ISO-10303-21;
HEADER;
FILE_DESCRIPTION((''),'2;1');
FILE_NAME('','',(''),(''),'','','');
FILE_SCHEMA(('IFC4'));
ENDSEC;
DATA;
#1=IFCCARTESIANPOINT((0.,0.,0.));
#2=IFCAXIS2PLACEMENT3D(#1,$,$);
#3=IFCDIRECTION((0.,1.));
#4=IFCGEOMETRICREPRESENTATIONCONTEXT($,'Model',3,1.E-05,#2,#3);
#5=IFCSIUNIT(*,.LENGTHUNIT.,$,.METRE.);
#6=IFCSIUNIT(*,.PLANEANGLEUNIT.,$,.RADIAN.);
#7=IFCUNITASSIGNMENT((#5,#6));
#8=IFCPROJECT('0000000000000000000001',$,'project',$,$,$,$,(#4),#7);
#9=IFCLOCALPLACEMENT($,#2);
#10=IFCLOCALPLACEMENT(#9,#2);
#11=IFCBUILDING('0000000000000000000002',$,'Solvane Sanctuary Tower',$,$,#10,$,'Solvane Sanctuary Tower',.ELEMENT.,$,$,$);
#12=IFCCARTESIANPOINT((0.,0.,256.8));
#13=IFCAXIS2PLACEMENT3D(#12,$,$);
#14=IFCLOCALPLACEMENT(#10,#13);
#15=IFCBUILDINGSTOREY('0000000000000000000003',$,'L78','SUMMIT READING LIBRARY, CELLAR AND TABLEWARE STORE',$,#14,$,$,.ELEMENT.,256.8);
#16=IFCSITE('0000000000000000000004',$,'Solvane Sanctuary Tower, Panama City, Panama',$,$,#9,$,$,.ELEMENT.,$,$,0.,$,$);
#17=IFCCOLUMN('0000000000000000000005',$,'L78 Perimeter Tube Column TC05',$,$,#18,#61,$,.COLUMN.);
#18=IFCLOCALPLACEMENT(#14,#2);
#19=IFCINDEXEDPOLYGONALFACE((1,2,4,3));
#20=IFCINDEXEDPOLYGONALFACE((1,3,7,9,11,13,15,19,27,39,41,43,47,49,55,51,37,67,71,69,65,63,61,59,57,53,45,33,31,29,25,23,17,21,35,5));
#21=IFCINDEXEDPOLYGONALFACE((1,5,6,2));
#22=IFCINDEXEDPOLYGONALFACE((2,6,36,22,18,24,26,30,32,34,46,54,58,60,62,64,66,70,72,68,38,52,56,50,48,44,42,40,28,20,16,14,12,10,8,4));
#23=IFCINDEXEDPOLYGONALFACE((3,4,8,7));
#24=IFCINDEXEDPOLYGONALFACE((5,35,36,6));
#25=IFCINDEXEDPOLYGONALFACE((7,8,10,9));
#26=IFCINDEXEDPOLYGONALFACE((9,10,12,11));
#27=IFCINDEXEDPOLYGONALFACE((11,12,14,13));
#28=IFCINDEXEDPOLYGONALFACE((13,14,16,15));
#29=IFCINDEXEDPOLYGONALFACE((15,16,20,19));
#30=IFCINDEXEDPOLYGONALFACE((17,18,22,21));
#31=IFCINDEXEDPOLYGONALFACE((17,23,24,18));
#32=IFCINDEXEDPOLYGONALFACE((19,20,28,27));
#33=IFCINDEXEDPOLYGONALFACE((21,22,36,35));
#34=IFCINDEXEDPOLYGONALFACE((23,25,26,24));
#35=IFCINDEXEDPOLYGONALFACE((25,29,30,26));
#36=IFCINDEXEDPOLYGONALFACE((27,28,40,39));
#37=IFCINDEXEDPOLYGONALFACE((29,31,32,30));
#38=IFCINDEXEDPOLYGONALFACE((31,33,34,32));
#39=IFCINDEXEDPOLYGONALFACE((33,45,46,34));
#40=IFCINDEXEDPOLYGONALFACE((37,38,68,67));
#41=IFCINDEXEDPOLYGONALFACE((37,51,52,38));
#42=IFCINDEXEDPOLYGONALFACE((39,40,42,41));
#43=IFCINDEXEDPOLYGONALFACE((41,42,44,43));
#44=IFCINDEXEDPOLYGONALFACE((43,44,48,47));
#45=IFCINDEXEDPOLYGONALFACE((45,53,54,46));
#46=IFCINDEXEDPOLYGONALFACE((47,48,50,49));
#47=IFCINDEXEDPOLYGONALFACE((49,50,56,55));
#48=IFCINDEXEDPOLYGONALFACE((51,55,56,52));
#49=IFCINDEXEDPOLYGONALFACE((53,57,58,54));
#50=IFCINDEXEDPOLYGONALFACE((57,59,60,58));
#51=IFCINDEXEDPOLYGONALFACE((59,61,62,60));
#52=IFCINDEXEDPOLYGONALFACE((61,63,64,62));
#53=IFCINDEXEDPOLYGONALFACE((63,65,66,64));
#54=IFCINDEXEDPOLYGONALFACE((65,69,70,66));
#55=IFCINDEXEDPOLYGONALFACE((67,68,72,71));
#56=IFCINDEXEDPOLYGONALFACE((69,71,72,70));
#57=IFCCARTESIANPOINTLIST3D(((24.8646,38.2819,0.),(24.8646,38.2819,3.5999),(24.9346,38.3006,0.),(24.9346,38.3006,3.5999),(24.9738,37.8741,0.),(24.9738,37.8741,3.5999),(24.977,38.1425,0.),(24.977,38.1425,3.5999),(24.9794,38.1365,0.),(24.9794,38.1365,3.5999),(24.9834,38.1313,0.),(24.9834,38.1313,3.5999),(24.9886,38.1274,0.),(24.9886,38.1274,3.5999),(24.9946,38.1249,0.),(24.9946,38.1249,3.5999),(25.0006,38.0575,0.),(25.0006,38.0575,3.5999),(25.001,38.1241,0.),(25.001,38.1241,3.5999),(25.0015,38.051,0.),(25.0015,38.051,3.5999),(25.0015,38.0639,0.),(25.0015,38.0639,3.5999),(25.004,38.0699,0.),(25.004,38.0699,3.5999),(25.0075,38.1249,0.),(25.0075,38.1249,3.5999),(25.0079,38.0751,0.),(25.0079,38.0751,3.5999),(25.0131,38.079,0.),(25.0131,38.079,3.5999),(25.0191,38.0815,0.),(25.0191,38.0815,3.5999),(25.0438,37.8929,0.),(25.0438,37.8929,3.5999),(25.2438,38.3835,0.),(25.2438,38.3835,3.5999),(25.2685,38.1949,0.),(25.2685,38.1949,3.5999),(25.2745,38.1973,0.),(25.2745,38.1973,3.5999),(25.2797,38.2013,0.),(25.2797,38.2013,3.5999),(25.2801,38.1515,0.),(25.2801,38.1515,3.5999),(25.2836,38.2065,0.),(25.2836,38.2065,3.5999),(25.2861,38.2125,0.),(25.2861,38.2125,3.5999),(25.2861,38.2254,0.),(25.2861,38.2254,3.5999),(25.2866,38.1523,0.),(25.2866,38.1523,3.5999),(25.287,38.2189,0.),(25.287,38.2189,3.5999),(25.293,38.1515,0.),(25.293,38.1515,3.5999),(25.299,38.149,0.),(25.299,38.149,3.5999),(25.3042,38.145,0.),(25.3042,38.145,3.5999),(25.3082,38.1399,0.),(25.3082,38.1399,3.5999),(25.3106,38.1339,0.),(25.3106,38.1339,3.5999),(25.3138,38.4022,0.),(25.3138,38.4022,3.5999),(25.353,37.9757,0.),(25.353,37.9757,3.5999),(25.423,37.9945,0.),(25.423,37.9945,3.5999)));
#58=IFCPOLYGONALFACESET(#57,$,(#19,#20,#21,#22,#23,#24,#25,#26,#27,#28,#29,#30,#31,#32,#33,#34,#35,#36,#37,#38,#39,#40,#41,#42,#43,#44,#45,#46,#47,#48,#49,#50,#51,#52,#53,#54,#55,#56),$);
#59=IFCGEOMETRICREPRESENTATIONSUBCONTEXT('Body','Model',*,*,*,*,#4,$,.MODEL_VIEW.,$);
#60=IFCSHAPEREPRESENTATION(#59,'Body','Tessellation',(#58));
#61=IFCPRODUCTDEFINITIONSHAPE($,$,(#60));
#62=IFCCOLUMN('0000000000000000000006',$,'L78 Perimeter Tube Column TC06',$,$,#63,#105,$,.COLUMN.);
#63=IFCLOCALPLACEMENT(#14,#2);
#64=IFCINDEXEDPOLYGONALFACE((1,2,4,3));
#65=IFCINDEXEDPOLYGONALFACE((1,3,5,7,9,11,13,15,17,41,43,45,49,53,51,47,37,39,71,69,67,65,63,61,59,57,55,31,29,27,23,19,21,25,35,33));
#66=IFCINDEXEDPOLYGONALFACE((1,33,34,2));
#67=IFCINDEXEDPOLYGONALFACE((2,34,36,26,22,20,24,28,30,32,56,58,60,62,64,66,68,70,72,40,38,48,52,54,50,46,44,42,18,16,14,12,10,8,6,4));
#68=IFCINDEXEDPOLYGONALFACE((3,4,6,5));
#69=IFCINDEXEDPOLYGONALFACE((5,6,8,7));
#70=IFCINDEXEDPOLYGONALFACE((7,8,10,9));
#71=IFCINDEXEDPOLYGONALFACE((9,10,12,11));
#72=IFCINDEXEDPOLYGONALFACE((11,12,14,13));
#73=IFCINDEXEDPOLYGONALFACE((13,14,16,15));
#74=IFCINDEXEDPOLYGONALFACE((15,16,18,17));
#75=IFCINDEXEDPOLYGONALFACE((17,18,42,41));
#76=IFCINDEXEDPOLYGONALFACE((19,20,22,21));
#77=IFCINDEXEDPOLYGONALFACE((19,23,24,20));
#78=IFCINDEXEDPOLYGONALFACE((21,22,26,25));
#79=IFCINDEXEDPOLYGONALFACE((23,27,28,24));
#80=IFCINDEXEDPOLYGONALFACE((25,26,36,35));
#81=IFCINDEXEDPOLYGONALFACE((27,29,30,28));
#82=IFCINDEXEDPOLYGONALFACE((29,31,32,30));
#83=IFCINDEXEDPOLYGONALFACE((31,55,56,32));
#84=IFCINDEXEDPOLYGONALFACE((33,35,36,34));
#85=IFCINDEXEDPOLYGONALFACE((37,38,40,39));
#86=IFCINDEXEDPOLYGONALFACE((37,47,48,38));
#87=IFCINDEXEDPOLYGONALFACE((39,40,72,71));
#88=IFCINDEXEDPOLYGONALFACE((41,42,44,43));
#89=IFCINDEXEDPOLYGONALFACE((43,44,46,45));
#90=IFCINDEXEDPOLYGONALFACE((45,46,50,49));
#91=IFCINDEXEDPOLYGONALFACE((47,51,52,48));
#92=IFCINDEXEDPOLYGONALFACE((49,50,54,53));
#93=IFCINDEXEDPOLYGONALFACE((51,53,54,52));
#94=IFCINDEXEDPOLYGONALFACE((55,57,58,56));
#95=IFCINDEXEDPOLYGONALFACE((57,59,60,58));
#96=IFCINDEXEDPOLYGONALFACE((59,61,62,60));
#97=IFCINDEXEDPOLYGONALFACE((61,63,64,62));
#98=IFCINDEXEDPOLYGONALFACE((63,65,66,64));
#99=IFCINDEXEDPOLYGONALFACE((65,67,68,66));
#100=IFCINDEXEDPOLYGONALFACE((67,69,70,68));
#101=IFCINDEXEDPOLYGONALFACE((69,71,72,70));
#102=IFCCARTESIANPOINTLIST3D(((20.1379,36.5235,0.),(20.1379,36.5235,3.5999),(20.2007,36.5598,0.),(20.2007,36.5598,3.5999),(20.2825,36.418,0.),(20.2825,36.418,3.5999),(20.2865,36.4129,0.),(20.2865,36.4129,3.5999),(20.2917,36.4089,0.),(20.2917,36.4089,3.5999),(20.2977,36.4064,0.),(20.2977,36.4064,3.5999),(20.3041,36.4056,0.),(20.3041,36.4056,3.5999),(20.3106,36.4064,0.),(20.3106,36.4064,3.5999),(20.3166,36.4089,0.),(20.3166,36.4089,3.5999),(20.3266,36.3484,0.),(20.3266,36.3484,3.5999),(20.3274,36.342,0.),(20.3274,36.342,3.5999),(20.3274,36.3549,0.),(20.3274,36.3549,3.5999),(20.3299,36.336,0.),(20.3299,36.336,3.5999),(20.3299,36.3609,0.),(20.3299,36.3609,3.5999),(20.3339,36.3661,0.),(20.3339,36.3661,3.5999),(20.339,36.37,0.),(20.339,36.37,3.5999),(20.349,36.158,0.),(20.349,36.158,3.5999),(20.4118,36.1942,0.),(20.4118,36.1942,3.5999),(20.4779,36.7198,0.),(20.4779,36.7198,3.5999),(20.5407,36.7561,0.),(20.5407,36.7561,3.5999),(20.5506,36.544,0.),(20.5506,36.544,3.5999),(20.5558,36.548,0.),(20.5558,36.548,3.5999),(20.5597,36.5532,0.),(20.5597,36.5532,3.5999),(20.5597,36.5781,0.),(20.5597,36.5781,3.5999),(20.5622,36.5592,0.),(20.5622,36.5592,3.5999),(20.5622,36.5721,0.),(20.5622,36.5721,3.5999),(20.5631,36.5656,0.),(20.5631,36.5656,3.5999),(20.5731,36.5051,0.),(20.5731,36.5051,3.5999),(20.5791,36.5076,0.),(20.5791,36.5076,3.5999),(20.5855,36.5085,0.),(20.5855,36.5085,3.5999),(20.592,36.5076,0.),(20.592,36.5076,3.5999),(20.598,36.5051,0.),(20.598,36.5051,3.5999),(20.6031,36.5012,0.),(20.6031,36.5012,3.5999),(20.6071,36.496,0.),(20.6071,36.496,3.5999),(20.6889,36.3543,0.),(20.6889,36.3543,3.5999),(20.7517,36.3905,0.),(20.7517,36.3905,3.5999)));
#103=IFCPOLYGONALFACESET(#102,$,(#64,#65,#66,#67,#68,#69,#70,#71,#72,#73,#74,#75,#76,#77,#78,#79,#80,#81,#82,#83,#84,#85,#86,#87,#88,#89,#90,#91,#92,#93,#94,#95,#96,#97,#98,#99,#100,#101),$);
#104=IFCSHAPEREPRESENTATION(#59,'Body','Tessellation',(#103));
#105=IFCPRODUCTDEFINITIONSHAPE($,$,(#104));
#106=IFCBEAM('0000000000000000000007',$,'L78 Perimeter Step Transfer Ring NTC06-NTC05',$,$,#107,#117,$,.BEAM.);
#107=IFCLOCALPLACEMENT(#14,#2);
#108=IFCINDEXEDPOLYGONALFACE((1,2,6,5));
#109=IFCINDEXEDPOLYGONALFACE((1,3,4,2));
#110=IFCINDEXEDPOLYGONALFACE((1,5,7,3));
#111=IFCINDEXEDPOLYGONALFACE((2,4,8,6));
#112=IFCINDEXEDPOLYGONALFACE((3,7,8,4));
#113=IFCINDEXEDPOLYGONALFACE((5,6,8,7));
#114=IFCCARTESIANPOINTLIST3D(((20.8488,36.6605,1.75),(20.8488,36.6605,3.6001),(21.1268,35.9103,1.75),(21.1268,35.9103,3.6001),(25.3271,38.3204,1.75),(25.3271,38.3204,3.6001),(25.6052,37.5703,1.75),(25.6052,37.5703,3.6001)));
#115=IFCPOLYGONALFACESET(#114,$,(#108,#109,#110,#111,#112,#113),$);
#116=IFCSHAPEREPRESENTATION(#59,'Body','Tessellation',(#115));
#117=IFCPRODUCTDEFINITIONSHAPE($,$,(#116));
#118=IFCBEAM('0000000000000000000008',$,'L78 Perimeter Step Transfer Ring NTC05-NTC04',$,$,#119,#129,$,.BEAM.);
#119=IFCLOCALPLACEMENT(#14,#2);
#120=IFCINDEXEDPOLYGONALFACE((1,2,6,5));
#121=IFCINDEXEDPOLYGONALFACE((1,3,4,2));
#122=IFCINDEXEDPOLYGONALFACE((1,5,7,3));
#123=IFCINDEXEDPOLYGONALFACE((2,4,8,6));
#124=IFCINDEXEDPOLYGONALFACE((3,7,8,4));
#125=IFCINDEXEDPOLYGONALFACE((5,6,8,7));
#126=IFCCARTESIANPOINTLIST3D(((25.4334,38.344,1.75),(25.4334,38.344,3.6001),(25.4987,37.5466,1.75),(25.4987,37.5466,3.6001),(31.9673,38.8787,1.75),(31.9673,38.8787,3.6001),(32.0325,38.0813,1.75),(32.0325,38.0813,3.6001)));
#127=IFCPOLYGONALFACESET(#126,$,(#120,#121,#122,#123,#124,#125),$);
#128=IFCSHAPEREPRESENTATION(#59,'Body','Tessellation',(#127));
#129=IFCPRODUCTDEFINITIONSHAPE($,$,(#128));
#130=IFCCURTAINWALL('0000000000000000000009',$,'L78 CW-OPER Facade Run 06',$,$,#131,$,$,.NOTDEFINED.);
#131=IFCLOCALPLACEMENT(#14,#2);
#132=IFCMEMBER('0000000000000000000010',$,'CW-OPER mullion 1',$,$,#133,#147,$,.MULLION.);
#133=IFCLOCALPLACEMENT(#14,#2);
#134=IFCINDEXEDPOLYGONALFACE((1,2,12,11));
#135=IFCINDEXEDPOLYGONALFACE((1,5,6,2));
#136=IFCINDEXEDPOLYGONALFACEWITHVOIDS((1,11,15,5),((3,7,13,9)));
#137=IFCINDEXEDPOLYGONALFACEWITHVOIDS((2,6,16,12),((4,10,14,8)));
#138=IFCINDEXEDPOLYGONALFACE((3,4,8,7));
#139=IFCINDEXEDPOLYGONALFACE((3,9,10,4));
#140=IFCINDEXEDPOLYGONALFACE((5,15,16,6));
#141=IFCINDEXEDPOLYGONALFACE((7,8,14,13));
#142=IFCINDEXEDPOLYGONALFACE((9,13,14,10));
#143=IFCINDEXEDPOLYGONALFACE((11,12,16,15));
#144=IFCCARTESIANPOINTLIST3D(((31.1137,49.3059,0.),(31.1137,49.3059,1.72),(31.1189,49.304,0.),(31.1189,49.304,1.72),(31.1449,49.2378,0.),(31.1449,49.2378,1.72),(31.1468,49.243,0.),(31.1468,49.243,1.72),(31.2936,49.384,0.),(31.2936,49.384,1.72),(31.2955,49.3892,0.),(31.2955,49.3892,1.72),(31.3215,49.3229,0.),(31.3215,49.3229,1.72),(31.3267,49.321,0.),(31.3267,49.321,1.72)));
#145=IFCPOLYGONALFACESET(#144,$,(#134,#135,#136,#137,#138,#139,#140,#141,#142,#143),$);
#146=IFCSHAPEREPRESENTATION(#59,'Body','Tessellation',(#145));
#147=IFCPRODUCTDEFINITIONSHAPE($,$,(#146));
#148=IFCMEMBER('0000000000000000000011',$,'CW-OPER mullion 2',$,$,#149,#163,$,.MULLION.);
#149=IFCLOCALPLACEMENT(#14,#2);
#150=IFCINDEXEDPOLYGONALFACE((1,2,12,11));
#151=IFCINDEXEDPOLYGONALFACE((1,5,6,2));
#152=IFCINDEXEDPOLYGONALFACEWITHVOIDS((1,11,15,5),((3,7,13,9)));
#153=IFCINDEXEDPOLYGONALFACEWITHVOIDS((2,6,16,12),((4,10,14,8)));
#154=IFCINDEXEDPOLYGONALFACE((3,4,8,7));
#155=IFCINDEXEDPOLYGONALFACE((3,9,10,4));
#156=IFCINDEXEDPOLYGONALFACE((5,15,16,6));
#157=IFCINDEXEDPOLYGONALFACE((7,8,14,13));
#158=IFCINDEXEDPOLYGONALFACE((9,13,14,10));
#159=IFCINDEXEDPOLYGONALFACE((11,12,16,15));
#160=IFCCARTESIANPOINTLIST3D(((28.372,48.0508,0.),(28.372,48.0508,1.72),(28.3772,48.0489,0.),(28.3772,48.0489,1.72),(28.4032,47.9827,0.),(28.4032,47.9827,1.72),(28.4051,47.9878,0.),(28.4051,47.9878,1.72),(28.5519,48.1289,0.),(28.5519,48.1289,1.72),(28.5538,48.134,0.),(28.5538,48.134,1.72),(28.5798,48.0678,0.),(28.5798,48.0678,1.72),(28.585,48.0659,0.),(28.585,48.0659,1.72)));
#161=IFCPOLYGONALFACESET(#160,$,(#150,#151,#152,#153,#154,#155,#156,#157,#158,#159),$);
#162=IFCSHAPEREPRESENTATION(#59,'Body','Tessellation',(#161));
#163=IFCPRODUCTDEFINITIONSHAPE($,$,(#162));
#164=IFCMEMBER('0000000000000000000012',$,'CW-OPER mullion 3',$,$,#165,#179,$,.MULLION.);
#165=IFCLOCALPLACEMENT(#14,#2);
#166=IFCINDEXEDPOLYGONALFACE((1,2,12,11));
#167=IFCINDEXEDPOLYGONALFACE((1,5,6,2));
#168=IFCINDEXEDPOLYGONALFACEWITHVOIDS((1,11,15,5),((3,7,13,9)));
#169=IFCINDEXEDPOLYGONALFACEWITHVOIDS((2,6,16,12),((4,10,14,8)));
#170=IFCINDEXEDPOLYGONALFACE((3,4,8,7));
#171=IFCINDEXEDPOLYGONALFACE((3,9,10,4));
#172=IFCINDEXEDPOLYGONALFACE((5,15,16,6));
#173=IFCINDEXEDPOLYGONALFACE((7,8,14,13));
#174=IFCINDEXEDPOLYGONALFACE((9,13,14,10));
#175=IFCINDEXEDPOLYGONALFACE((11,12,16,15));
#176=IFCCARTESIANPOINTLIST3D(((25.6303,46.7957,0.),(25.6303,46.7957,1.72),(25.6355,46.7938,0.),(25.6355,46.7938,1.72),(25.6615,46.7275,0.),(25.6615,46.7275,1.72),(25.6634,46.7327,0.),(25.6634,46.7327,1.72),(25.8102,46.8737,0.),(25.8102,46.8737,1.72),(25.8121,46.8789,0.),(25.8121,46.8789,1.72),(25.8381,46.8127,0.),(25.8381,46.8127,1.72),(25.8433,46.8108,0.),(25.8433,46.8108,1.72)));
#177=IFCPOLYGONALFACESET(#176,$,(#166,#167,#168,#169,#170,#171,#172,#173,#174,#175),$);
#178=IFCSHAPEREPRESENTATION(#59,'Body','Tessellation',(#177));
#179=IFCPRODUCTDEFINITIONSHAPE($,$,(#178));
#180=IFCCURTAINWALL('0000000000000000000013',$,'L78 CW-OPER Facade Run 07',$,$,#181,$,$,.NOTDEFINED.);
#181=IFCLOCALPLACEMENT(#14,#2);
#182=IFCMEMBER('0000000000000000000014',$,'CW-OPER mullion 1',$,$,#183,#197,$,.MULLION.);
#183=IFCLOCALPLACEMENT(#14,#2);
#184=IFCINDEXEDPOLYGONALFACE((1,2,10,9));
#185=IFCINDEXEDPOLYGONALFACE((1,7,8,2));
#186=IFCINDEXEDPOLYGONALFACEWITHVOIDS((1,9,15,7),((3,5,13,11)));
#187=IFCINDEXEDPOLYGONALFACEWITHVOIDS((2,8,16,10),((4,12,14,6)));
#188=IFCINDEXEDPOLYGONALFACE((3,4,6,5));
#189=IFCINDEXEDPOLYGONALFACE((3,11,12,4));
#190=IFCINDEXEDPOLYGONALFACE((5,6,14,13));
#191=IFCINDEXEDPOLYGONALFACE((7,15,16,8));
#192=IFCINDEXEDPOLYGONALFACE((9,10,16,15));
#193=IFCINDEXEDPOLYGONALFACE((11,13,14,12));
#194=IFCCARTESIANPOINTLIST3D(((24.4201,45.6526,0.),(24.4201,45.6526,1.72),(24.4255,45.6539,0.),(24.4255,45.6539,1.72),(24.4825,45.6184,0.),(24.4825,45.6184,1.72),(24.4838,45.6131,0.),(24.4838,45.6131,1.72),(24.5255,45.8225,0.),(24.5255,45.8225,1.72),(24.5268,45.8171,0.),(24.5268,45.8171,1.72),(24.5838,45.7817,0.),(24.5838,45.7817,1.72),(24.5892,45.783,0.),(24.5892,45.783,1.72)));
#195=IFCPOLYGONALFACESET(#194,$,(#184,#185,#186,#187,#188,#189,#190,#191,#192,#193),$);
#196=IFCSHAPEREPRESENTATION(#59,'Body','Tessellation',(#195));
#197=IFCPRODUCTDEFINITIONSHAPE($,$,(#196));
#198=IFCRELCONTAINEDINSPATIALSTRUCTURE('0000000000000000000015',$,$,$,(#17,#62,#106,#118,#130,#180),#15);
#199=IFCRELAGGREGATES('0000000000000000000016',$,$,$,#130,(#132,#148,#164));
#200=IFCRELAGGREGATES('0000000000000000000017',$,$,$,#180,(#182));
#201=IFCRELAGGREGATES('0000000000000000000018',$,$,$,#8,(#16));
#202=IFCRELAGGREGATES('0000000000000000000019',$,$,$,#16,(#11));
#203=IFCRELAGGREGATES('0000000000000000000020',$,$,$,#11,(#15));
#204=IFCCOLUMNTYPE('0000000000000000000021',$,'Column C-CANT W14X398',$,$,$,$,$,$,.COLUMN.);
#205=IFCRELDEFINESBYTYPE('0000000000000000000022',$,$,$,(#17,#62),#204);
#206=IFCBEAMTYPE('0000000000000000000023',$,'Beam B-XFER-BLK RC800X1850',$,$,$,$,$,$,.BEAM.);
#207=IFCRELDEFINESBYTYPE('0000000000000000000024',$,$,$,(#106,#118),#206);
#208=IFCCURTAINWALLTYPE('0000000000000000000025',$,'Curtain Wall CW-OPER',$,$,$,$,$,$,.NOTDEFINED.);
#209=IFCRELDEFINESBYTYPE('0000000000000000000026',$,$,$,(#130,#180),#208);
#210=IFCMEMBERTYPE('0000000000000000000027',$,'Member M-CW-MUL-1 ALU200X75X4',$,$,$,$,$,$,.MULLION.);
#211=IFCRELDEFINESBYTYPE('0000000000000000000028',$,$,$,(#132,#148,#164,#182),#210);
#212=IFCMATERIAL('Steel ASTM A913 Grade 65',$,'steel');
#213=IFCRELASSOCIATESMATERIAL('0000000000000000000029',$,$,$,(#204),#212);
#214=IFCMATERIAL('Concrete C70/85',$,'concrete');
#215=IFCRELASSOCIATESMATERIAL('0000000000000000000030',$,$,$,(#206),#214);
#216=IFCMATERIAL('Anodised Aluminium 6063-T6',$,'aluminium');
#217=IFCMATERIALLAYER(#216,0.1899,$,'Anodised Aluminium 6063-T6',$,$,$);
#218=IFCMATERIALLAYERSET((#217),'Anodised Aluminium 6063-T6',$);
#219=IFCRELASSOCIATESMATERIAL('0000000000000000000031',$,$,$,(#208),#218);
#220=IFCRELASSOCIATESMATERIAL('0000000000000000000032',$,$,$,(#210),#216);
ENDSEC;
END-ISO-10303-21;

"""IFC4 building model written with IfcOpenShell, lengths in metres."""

from ifc_helpers import new_model, si_unit, direction, frame, origin, origin_2d, place, context, subcontext, project, spatial, rectangle, hollow_rectangle, i_section, extrude, material, layer, layer_set, material_profile, profile_set, type_object, element, aggregate, save


model = new_model("IFC4")

# Units and contexts
model_context = context("Model", 3, precision=1e-05, world=origin(), true_north=direction((0.0, 1.0)))
body_context = subcontext(model_context, "Body", "Model", "MODEL_VIEW")
ifc_project = project(units=[si_unit("LENGTHUNIT", "METRE"), si_unit("PLANEANGLEUNIT", "RADIAN")], contexts=[model_context])

# Site, building, storey
site_placement = place(None, origin())
site = spatial("IfcSite", under=ifc_project, at=site_placement, Name="Solvane Sanctuary Tower, Panama City, Panama", CompositionType="ELEMENT", RefElevation=0.0)
building_placement = place(site_placement, origin())
building = spatial("IfcBuilding", under=site, at=building_placement, Name="Solvane Sanctuary Tower", LongName="Solvane Sanctuary Tower", CompositionType="ELEMENT")
storey_placement = place(building_placement, frame((0.0, 0.0, 256.8)))
storey = spatial("IfcBuildingStorey", under=building, at=storey_placement, Name="L78", Description="SUMMIT READING LIBRARY, CELLAR AND TABLEWARE STORE", CompositionType="ELEMENT", Elevation=256.8)

# Columns
ifc_material_1 = material(Name="Steel ASTM A913 Grade 65", Category="steel")
ifc_material_profile_1 = material_profile(ifc_material_1, i_section(OverallWidth=0.4221, OverallDepth=0.4651, WebThickness=0.0449, FlangeThickness=0.0725, FilletRadius=0.0249, at=origin_2d()), Name="W14X398")
ifc_profile_set_1 = profile_set([ifc_material_profile_1], Name="Steel ASTM A913 Grade 65")
column_type = type_object("IfcColumnType", Name="Column C-CANT W14X398", PredefinedType="COLUMN", material=ifc_profile_set_1)
for number, where, z_axis, x_axis, name in (
    (1, (25.1438, 38.1382, 0.0), (0.0, 0.0, 1.0), (-0.258819, 0.965926, 0.0), "L78 Perimeter Tube Column TC05"),
    (2, (20.4448, 36.457, 0.0), (0.0, 0.0, 1.0), (-0.5, 0.866025, 0.0), "L78 Perimeter Tube Column TC06"),
):
    element("IfcColumn", number, at=place(storey_placement, frame(where, z_axis=z_axis, x_axis=x_axis)), inside=storey, type_object=column_type, Name=name, PredefinedType="COLUMN", context=body_context, shape_type="SweptSolid", body=[
        extrude(i_section(OverallWidth=0.4221, OverallDepth=0.4651, WebThickness=0.0449, FlangeThickness=0.0725, FilletRadius=0.0249, at=origin_2d()), origin(), (0.0, 0.0, 1.0), 3.5999),
    ])

# Beams
ifc_material_2 = material(Name="Concrete C70/85", Category="concrete")
ifc_material_profile_2 = material_profile(ifc_material_2, rectangle(XDim=0.8, YDim=1.8501, at=origin_2d()), Name="RC800X1850")
ifc_profile_set_2 = profile_set([ifc_material_profile_2], Name="Concrete C70/85")
beam_type = type_object("IfcBeamType", Name="Beam B-XFER-BLK RC800X1850", PredefinedType="BEAM", material=ifc_profile_set_2)
beam_1_placement = place(storey_placement, frame((20.9878, 36.2854, 2.675), z_axis=(0.937661, 0.347552, 0.0), x_axis=(-0.347552, 0.937661, 0.0)))
element("IfcBeam", 3, at=beam_1_placement, inside=storey, type_object=beam_type, Name="L78 Perimeter Step Transfer Ring NTC06-NTC05", PredefinedType="BEAM", context=body_context, shape_type="SweptSolid", body=[
    extrude(rectangle(XDim=0.8, YDim=1.8501, at=origin_2d()), origin(), (0.0, 0.0, 1.0), 4.7761),
])
beam_2_placement = place(storey_placement, frame((25.4661, 37.9453, 2.675), z_axis=(0.996669, 0.081557, 0.0), x_axis=(-0.081557, 0.996669, 0.0)))
element("IfcBeam", 4, at=beam_2_placement, inside=storey, type_object=beam_type, Name="L78 Perimeter Step Transfer Ring NTC05-NTC04", PredefinedType="BEAM", context=body_context, shape_type="SweptSolid", body=[
    extrude(rectangle(XDim=0.8, YDim=1.8501, at=origin_2d()), origin(), (0.0, 0.0, 1.0), 6.5557),
])

# Curtain walls, members
ifc_material_3 = material(Name="Anodised Aluminium 6063-T6", Category="aluminium")
ifc_layer_1 = layer(ifc_material_3, 0.1899, Name="Anodised Aluminium 6063-T6")
ifc_layer_set_1 = layer_set([ifc_layer_1], Name="Anodised Aluminium 6063-T6")
curtain_wall_type = type_object("IfcCurtainWallType", Name="Curtain Wall CW-OPER", PredefinedType="NOTDEFINED", material=ifc_layer_set_1)
curtain_wall_1_placement = place(storey_placement, origin())
curtain_wall_1 = element("IfcCurtainWall", 5, at=curtain_wall_1_placement, inside=storey, type_object=curtain_wall_type, Name="L78 CW-OPER Facade Run 06", PredefinedType="NOTDEFINED")
ifc_material_profile_3 = material_profile(ifc_material_3, hollow_rectangle(XDim=0.075, YDim=0.2, WallThickness=0.0039, at=origin_2d()), Name="ALU200X75X4")
ifc_profile_set_3 = profile_set([ifc_material_profile_3], Name="Anodised Aluminium 6063-T6")
member_type_1 = type_object("IfcMemberType", Name="Member M-CW-MUL-1 ALU200X75X4", PredefinedType="MULLION", material=ifc_profile_set_3)
member_1_placement = place(storey_placement, frame((31.2202, 49.3135, 0.0), z_axis=(0.0, 0.0, 1.0), x_axis=(0.416225, -0.909262, 0.0)))
member_1 = element("IfcMember", 6, at=member_1_placement, type_object=member_type_1, Name="CW-OPER mullion 1", PredefinedType="MULLION", context=body_context, shape_type="SweptSolid", body=[
    extrude(hollow_rectangle(XDim=0.075, YDim=0.2, WallThickness=0.0039, at=origin_2d()), origin(), (0.0, 0.0, 1.0), 1.72),
])
member_2_placement = place(storey_placement, frame((28.4785, 48.0583, 0.0), z_axis=(0.0, 0.0, 1.0), x_axis=(0.416225, -0.909262, 0.0)))
member_2 = element("IfcMember", 7, at=member_2_placement, type_object=member_type_1, Name="CW-OPER mullion 2", PredefinedType="MULLION", context=body_context, shape_type="SweptSolid", body=[
    extrude(hollow_rectangle(XDim=0.075, YDim=0.2, WallThickness=0.0039, at=origin_2d()), origin(), (0.0, 0.0, 1.0), 1.72),
])
member_3_placement = place(storey_placement, frame((25.7368, 46.8032, 0.0), z_axis=(0.0, 0.0, 1.0), x_axis=(0.416225, -0.909262, 0.0)))
member_3 = element("IfcMember", 8, at=member_3_placement, type_object=member_type_1, Name="CW-OPER mullion 3", PredefinedType="MULLION", context=body_context, shape_type="SweptSolid", body=[
    extrude(hollow_rectangle(XDim=0.075, YDim=0.2, WallThickness=0.0039, at=origin_2d()), origin(), (0.0, 0.0, 1.0), 1.72),
])
curtain_wall_2_placement = place(storey_placement, origin())
curtain_wall_2 = element("IfcCurtainWall", 9, at=curtain_wall_2_placement, inside=storey, type_object=curtain_wall_type, Name="L78 CW-OPER Facade Run 07", PredefinedType="NOTDEFINED")
member_4_placement = place(storey_placement, frame((24.5046, 45.7178, 0.0), z_axis=(0.0, 0.0, 1.0), x_axis=(0.849622, -0.527392, 0.0)))
member_4 = element("IfcMember", 10, at=member_4_placement, type_object=member_type_1, Name="CW-OPER mullion 1", PredefinedType="MULLION", context=body_context, shape_type="SweptSolid", body=[
    extrude(hollow_rectangle(XDim=0.075, YDim=0.2, WallThickness=0.0039, at=origin_2d()), origin(), (0.0, 0.0, 1.0), 1.72),
])

aggregate(curtain_wall_1, [member_1, member_2, member_3])
aggregate(curtain_wall_2, [member_4])

save(model, "model.ifc")
